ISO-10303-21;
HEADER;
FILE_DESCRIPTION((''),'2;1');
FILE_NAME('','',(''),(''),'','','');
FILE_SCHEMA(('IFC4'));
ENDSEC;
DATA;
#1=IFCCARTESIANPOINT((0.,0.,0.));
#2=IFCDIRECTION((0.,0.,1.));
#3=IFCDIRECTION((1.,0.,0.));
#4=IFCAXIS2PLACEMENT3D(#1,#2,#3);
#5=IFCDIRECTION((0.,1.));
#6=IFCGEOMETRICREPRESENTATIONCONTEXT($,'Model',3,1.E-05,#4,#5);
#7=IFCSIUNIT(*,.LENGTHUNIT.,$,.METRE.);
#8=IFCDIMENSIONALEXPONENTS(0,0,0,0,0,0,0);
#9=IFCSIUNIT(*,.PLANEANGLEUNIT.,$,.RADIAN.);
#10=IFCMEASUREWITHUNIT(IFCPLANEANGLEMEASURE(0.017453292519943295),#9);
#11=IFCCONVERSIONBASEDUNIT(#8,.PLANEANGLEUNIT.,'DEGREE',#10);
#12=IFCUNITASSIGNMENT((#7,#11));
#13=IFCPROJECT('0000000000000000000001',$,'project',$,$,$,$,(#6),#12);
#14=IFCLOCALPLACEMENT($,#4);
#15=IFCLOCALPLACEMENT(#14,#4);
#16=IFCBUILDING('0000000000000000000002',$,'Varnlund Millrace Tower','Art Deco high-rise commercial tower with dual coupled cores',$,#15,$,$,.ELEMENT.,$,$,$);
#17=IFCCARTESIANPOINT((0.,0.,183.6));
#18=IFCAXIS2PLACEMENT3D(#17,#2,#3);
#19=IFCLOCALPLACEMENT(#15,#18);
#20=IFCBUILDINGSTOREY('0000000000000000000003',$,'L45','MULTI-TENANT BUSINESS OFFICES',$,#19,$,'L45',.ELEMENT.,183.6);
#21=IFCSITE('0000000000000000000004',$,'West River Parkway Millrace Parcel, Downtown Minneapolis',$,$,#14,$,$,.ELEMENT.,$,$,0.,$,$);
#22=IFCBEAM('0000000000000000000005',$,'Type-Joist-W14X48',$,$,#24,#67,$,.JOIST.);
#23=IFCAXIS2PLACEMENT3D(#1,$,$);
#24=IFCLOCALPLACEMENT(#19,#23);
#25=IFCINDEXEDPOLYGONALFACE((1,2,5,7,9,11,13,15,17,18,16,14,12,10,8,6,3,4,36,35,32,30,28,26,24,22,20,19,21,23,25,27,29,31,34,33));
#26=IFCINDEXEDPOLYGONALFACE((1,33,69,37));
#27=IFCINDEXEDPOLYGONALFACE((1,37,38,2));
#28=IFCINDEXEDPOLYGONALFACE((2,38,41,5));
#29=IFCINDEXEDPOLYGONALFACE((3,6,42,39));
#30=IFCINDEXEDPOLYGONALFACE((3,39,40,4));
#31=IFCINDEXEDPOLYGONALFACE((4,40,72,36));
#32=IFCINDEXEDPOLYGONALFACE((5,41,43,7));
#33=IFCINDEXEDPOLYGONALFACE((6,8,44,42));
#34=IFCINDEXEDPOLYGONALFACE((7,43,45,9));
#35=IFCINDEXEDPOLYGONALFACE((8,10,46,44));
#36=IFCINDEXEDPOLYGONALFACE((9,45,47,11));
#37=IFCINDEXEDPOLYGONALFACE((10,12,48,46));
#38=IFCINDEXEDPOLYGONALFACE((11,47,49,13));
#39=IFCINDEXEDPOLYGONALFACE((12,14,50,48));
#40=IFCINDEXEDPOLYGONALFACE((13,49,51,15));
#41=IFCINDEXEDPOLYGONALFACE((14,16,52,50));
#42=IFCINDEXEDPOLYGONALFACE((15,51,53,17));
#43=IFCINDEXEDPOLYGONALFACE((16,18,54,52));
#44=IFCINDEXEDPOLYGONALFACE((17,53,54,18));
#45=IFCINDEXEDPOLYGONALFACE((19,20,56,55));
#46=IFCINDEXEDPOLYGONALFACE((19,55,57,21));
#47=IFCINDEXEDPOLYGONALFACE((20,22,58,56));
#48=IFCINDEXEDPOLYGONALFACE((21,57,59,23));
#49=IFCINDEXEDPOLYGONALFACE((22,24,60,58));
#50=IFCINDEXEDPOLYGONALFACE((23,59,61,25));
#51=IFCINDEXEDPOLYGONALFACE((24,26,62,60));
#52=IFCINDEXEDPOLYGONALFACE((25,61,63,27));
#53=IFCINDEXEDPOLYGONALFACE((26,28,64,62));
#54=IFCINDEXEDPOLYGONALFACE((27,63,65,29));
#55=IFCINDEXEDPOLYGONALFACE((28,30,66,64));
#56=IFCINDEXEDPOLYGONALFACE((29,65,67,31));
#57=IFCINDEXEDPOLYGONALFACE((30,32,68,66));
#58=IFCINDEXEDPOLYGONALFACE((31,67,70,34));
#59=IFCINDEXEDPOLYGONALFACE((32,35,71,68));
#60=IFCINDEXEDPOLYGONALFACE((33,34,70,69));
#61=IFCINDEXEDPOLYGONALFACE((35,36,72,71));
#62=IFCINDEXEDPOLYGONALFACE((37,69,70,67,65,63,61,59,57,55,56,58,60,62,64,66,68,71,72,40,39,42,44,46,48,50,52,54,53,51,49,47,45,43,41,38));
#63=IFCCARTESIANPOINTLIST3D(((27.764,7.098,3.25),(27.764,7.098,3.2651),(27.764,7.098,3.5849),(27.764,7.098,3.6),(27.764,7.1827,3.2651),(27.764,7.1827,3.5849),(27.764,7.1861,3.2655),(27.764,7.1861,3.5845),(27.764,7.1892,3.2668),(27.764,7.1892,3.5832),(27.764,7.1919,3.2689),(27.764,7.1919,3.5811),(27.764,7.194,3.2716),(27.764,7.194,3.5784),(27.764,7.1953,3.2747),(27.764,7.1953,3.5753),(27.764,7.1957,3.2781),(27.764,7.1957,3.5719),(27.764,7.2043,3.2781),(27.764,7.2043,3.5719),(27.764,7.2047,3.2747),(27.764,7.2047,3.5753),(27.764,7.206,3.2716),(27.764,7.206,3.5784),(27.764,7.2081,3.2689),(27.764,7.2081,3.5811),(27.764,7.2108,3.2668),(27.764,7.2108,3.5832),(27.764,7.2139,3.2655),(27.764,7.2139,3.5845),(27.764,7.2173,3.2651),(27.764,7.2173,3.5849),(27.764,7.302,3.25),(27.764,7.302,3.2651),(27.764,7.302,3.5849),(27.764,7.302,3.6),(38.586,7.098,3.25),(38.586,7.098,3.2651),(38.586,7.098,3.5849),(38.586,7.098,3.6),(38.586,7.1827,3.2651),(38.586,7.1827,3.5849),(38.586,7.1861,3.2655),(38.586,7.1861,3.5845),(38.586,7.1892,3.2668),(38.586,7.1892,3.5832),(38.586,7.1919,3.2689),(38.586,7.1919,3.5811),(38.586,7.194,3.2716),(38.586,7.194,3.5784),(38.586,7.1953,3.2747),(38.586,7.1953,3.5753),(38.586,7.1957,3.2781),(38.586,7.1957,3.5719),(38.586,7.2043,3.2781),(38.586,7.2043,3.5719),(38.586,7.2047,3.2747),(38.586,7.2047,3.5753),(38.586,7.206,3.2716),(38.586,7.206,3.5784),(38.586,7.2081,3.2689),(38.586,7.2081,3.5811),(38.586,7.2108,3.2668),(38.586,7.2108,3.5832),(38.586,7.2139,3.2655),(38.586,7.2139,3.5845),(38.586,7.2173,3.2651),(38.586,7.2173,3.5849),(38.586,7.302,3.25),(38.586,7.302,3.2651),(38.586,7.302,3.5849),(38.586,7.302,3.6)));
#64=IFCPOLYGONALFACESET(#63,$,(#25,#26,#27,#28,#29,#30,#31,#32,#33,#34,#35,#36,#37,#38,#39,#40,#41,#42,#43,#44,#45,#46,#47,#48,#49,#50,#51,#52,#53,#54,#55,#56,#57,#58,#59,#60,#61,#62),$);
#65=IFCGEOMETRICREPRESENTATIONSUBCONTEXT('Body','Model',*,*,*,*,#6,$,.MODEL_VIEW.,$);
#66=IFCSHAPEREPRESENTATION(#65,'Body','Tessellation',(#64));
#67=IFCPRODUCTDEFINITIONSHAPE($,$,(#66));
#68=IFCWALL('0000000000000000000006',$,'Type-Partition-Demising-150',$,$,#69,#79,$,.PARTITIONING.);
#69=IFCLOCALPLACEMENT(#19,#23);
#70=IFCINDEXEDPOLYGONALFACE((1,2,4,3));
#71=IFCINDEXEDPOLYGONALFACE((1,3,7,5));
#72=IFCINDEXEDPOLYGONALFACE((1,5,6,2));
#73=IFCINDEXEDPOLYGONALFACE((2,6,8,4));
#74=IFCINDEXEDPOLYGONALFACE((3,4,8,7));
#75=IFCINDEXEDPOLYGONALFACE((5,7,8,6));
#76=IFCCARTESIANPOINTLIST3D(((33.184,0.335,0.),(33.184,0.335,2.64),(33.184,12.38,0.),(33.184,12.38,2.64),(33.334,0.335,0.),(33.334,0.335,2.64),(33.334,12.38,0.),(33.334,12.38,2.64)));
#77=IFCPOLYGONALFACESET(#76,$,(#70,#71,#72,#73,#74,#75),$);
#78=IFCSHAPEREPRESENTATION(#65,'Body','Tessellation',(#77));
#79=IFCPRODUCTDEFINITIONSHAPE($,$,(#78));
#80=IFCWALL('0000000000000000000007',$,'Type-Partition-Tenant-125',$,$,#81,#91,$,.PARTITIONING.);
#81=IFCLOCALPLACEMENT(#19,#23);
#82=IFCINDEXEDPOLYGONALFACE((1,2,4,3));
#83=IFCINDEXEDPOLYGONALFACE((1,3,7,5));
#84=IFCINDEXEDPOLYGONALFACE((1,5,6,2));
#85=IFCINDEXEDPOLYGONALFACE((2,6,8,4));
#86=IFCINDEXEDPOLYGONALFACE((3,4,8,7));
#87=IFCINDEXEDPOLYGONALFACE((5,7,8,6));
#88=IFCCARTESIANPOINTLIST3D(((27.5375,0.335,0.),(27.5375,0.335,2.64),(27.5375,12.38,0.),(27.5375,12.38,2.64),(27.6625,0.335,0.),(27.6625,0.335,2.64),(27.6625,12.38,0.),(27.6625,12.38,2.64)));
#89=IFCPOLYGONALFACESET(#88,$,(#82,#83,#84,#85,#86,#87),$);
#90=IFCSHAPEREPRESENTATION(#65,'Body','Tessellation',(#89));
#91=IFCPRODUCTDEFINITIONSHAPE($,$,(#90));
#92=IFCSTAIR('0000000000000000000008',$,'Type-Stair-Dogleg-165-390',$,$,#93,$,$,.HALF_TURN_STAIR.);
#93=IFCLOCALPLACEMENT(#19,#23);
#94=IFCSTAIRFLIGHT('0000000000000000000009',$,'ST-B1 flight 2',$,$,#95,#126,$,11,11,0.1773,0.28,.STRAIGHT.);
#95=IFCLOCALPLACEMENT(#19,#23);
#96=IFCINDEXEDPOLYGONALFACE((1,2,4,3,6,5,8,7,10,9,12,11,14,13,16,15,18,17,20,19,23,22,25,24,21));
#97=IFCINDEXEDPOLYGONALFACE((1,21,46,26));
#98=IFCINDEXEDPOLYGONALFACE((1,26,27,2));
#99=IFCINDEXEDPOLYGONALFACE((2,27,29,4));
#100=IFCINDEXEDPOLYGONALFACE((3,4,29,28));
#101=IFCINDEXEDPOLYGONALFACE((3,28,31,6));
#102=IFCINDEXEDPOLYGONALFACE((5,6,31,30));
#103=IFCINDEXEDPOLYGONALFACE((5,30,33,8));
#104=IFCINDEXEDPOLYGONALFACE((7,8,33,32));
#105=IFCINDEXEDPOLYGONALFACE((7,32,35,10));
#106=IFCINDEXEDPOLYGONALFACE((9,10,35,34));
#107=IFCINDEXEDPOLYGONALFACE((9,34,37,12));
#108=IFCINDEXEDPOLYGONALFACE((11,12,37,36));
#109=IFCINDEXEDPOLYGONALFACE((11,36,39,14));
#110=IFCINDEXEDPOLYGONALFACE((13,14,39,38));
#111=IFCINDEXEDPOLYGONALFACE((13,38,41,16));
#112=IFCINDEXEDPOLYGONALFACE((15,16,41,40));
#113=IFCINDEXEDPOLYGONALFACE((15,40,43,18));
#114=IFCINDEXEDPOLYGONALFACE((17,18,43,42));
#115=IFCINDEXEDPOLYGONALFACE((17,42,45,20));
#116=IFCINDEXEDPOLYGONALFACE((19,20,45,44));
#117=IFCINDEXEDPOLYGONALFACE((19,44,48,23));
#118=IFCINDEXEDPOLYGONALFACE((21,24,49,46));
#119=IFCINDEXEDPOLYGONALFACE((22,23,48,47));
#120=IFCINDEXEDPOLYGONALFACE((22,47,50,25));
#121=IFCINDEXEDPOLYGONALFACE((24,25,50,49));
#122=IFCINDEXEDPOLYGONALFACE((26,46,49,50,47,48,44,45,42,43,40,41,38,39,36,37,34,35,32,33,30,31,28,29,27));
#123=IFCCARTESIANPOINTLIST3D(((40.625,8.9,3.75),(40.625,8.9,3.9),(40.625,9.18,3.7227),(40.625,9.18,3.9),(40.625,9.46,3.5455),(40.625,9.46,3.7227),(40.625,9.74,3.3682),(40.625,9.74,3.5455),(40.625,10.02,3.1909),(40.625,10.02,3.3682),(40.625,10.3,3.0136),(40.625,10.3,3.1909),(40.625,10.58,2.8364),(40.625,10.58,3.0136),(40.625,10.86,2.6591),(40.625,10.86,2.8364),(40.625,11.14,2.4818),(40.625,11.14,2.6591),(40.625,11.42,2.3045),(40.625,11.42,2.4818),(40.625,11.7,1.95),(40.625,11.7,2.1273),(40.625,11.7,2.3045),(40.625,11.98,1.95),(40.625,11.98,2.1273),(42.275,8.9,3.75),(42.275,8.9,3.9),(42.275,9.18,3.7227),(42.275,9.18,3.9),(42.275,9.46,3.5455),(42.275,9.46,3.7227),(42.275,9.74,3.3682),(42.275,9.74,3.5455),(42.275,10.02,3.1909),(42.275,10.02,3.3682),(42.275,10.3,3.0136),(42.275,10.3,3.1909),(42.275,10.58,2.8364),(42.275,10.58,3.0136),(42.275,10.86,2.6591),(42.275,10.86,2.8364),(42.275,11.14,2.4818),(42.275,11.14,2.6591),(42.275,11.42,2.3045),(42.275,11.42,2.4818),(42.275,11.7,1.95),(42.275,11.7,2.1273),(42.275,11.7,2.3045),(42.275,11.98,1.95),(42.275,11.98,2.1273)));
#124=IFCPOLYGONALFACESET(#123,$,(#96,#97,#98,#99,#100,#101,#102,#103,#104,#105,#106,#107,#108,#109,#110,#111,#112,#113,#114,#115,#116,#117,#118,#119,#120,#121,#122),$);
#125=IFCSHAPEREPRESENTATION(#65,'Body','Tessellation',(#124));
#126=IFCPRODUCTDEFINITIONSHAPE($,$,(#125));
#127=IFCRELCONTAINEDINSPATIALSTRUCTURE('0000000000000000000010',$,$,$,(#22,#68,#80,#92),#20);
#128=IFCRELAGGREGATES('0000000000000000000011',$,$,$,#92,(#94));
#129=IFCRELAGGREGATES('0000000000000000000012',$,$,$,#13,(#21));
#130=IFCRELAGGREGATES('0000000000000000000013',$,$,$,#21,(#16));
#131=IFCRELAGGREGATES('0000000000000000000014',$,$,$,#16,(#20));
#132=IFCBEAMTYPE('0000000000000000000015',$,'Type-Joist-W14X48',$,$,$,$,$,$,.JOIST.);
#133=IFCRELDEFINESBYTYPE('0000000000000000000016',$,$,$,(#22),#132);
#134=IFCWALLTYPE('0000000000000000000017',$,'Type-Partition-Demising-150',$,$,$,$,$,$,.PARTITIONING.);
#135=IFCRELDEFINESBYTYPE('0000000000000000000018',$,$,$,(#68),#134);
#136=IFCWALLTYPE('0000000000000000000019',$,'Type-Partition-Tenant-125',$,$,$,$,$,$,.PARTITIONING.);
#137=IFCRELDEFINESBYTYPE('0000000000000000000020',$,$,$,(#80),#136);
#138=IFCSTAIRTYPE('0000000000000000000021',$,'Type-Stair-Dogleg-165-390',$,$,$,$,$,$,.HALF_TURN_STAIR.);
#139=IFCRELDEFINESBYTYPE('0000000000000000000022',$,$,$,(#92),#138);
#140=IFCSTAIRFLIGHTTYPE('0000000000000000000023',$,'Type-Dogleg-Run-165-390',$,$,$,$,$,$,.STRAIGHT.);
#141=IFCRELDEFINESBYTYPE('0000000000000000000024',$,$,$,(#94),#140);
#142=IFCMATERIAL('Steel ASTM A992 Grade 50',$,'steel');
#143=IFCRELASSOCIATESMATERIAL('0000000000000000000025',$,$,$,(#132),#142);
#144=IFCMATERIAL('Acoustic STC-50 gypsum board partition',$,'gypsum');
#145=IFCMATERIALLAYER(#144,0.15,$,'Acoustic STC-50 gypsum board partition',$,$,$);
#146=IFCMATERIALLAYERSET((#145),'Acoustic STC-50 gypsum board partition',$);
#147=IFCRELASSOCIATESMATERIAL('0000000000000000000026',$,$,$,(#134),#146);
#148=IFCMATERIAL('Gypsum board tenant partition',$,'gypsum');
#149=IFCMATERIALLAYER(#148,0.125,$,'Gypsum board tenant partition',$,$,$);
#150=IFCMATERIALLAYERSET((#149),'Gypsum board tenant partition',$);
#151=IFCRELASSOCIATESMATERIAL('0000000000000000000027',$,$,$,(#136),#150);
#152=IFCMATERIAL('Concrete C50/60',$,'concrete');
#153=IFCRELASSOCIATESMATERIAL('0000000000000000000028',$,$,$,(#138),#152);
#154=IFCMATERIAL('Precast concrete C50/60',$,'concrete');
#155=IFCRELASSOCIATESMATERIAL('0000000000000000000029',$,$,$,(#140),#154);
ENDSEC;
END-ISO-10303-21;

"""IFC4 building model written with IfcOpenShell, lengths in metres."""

from ifc_helpers import new_model, entity, si_unit, converted_unit, direction, frame, origin_with_axes, origin_2d_with_axis, place, context, subcontext, project, spatial, polyline, i_section, outline, extrude, material, layer, layer_set, material_profile, profile_set, type_object, element, aggregate, save


model = new_model("IFC4")

# Units and contexts
model_context = context("Model", 3, precision=1e-05, world=origin_with_axes(), true_north=direction((0.0, 1.0)))
body_context = subcontext(model_context, "Body", "Model", "MODEL_VIEW")
ifc_project = project(units=[si_unit("LENGTHUNIT", "METRE"), converted_unit("PLANEANGLEUNIT", "DEGREE", entity("IfcPlaneAngleMeasure", 0.017453292519943295), si_unit("PLANEANGLEUNIT", "RADIAN"), dimensions=[0, 0, 0, 0, 0, 0, 0])], contexts=[model_context])

# Site, building, storey
site_placement = place(None, origin_with_axes())
site = spatial("IfcSite", under=ifc_project, at=site_placement, Name="West River Parkway Millrace Parcel, Downtown Minneapolis", CompositionType="ELEMENT", RefElevation=0.0)
building_placement = place(site_placement, origin_with_axes())
building = spatial("IfcBuilding", under=site, at=building_placement, Name="Varnlund Millrace Tower", Description="Art Deco high-rise commercial tower with dual coupled cores", CompositionType="ELEMENT")
storey_placement = place(building_placement, frame((0.0, 0.0, 183.6), z_axis=(0.0, 0.0, 1.0), x_axis=(1.0, 0.0, 0.0)))
storey = spatial("IfcBuildingStorey", under=building, at=storey_placement, Name="L45", Description="MULTI-TENANT BUSINESS OFFICES", LongName="L45", CompositionType="ELEMENT", Elevation=183.6)

# Beam
ifc_material_1 = material(Name="Steel ASTM A992 Grade 50", Category="steel")
ifc_material_profile_1 = material_profile(ifc_material_1, i_section(OverallWidth=0.204, OverallDepth=0.35, WebThickness=0.0086, FlangeThickness=0.0151, FilletRadius=0.013, at=origin_2d_with_axis()), Name="Steel ASTM A992 Grade 50")
ifc_profile_set_1 = profile_set([ifc_material_profile_1], Name="Steel ASTM A992 Grade 50")
beam_type_1 = type_object("IfcBeamType", Name="Type-Joist-W14X48", PredefinedType="JOIST", material=ifc_profile_set_1)
beam_1_placement = place(storey_placement, frame((27.764, 7.2, 3.425), z_axis=(1.0, 0.0, 0.0), x_axis=(0.0, 1.0, 0.0)))
element("IfcBeam", 1, at=beam_1_placement, inside=storey, type_object=beam_type_1, Name="Type-Joist-W14X48", PredefinedType="JOIST", context=body_context, shape_type="SweptSolid", body=[
    extrude(i_section(OverallWidth=0.204, OverallDepth=0.35, WebThickness=0.0086, FlangeThickness=0.0151, FilletRadius=0.013, at=origin_2d_with_axis()), origin_with_axes(), (0.0, 0.0, 1.0), 10.822),
])

# Walls
ifc_material_2 = material(Name="Acoustic STC-50 gypsum board partition", Category="gypsum")
ifc_layer_1 = layer(ifc_material_2, 0.15, Name="Acoustic STC-50 gypsum board partition")
ifc_layer_set_1 = layer_set([ifc_layer_1], Name="Acoustic STC-50 gypsum board partition")
wall_type_1 = type_object("IfcWallType", Name="Type-Partition-Demising-150", PredefinedType="PARTITIONING", material=ifc_layer_set_1)
wall_1_placement = place(storey_placement, frame((33.259, 0.335, 0.0), z_axis=(0.0, 0.0, 1.0), x_axis=(0.0, 1.0, 0.0)))
element("IfcWall", 2, at=wall_1_placement, inside=storey, type_object=wall_type_1, Name="Type-Partition-Demising-150", PredefinedType="PARTITIONING", context=body_context, shape_type="SweptSolid", body=[
    extrude(outline(polyline([(0.0, -0.075), (12.045, -0.075), (12.045, 0.075), (0.0, 0.075), (0.0, -0.075)])), origin_with_axes(), (0.0, 0.0, 1.0), 2.64),
])
ifc_material_3 = material(Name="Gypsum board tenant partition", Category="gypsum")
ifc_layer_2 = layer(ifc_material_3, 0.125, Name="Gypsum board tenant partition")
ifc_layer_set_2 = layer_set([ifc_layer_2], Name="Gypsum board tenant partition")
wall_type_2 = type_object("IfcWallType", Name="Type-Partition-Tenant-125", PredefinedType="PARTITIONING", material=ifc_layer_set_2)
wall_2_placement = place(storey_placement, frame((27.6, 0.335, 0.0), z_axis=(0.0, 0.0, 1.0), x_axis=(0.0, 1.0, 0.0)))
element("IfcWall", 3, at=wall_2_placement, inside=storey, type_object=wall_type_2, Name="Type-Partition-Tenant-125", PredefinedType="PARTITIONING", context=body_context, shape_type="SweptSolid", body=[
    extrude(outline(polyline([(0.0, -0.0625), (12.045, -0.0625), (12.045, 0.0625), (0.0, 0.0625), (0.0, -0.0625)])), origin_with_axes(), (0.0, 0.0, 1.0), 2.64),
])

# Stair, stair flight
ifc_material_4 = material(Name="Concrete C50/60", Category="concrete")
stair_type = type_object("IfcStairType", Name="Type-Stair-Dogleg-165-390", PredefinedType="HALF_TURN_STAIR", material=ifc_material_4)
stair_placement = place(storey_placement, origin_with_axes())
stair = element("IfcStair", 4, at=stair_placement, inside=storey, type_object=stair_type, Name="Type-Stair-Dogleg-165-390", PredefinedType="HALF_TURN_STAIR")
ifc_material_5 = material(Name="Precast concrete C50/60", Category="concrete")
stair_flight_type = type_object("IfcStairFlightType", Name="Type-Dogleg-Run-165-390", PredefinedType="STRAIGHT", material=ifc_material_5)
stair_flight_placement = place(storey_placement, frame((42.275, 11.98, 1.95), z_axis=(-1.0, 0.0, 0.0), x_axis=(0.0, -1.0, 0.0)))
stair_flight = element("IfcStairFlight", 5, at=stair_flight_placement, type_object=stair_flight_type, Name="ST-B1 flight 2", NumberOfRisers=11, NumberOfTreads=11, PredefinedType="STRAIGHT", RiserHeight=0.1773, TreadLength=0.28, context=body_context, shape_type="SweptSolid", body=[
    extrude(outline(polyline([(0.0, 0.0), (0.0, 0.1773), (0.28, 0.1773), (0.28, 0.3545), (0.56, 0.3545), (0.56, 0.5318), (0.84, 0.5318), (0.84, 0.7091), (1.12, 0.7091), (1.12, 0.8864), (1.4, 0.8864), (1.4, 1.0636), (1.68, 1.0636), (1.68, 1.2409), (1.96, 1.2409), (1.96, 1.4182), (2.24, 1.4182), (2.24, 1.5955), (2.52, 1.5955), (2.52, 1.7727), (2.8, 1.7727), (2.8, 1.95), (3.08, 1.95), (3.08, 1.8), (0.28, 0.0), (0.0, 0.0)])), origin_with_axes(), (0.0, 0.0, 1.0), 1.65),
])
aggregate(stair, [stair_flight])

save(model, "model.ifc")
